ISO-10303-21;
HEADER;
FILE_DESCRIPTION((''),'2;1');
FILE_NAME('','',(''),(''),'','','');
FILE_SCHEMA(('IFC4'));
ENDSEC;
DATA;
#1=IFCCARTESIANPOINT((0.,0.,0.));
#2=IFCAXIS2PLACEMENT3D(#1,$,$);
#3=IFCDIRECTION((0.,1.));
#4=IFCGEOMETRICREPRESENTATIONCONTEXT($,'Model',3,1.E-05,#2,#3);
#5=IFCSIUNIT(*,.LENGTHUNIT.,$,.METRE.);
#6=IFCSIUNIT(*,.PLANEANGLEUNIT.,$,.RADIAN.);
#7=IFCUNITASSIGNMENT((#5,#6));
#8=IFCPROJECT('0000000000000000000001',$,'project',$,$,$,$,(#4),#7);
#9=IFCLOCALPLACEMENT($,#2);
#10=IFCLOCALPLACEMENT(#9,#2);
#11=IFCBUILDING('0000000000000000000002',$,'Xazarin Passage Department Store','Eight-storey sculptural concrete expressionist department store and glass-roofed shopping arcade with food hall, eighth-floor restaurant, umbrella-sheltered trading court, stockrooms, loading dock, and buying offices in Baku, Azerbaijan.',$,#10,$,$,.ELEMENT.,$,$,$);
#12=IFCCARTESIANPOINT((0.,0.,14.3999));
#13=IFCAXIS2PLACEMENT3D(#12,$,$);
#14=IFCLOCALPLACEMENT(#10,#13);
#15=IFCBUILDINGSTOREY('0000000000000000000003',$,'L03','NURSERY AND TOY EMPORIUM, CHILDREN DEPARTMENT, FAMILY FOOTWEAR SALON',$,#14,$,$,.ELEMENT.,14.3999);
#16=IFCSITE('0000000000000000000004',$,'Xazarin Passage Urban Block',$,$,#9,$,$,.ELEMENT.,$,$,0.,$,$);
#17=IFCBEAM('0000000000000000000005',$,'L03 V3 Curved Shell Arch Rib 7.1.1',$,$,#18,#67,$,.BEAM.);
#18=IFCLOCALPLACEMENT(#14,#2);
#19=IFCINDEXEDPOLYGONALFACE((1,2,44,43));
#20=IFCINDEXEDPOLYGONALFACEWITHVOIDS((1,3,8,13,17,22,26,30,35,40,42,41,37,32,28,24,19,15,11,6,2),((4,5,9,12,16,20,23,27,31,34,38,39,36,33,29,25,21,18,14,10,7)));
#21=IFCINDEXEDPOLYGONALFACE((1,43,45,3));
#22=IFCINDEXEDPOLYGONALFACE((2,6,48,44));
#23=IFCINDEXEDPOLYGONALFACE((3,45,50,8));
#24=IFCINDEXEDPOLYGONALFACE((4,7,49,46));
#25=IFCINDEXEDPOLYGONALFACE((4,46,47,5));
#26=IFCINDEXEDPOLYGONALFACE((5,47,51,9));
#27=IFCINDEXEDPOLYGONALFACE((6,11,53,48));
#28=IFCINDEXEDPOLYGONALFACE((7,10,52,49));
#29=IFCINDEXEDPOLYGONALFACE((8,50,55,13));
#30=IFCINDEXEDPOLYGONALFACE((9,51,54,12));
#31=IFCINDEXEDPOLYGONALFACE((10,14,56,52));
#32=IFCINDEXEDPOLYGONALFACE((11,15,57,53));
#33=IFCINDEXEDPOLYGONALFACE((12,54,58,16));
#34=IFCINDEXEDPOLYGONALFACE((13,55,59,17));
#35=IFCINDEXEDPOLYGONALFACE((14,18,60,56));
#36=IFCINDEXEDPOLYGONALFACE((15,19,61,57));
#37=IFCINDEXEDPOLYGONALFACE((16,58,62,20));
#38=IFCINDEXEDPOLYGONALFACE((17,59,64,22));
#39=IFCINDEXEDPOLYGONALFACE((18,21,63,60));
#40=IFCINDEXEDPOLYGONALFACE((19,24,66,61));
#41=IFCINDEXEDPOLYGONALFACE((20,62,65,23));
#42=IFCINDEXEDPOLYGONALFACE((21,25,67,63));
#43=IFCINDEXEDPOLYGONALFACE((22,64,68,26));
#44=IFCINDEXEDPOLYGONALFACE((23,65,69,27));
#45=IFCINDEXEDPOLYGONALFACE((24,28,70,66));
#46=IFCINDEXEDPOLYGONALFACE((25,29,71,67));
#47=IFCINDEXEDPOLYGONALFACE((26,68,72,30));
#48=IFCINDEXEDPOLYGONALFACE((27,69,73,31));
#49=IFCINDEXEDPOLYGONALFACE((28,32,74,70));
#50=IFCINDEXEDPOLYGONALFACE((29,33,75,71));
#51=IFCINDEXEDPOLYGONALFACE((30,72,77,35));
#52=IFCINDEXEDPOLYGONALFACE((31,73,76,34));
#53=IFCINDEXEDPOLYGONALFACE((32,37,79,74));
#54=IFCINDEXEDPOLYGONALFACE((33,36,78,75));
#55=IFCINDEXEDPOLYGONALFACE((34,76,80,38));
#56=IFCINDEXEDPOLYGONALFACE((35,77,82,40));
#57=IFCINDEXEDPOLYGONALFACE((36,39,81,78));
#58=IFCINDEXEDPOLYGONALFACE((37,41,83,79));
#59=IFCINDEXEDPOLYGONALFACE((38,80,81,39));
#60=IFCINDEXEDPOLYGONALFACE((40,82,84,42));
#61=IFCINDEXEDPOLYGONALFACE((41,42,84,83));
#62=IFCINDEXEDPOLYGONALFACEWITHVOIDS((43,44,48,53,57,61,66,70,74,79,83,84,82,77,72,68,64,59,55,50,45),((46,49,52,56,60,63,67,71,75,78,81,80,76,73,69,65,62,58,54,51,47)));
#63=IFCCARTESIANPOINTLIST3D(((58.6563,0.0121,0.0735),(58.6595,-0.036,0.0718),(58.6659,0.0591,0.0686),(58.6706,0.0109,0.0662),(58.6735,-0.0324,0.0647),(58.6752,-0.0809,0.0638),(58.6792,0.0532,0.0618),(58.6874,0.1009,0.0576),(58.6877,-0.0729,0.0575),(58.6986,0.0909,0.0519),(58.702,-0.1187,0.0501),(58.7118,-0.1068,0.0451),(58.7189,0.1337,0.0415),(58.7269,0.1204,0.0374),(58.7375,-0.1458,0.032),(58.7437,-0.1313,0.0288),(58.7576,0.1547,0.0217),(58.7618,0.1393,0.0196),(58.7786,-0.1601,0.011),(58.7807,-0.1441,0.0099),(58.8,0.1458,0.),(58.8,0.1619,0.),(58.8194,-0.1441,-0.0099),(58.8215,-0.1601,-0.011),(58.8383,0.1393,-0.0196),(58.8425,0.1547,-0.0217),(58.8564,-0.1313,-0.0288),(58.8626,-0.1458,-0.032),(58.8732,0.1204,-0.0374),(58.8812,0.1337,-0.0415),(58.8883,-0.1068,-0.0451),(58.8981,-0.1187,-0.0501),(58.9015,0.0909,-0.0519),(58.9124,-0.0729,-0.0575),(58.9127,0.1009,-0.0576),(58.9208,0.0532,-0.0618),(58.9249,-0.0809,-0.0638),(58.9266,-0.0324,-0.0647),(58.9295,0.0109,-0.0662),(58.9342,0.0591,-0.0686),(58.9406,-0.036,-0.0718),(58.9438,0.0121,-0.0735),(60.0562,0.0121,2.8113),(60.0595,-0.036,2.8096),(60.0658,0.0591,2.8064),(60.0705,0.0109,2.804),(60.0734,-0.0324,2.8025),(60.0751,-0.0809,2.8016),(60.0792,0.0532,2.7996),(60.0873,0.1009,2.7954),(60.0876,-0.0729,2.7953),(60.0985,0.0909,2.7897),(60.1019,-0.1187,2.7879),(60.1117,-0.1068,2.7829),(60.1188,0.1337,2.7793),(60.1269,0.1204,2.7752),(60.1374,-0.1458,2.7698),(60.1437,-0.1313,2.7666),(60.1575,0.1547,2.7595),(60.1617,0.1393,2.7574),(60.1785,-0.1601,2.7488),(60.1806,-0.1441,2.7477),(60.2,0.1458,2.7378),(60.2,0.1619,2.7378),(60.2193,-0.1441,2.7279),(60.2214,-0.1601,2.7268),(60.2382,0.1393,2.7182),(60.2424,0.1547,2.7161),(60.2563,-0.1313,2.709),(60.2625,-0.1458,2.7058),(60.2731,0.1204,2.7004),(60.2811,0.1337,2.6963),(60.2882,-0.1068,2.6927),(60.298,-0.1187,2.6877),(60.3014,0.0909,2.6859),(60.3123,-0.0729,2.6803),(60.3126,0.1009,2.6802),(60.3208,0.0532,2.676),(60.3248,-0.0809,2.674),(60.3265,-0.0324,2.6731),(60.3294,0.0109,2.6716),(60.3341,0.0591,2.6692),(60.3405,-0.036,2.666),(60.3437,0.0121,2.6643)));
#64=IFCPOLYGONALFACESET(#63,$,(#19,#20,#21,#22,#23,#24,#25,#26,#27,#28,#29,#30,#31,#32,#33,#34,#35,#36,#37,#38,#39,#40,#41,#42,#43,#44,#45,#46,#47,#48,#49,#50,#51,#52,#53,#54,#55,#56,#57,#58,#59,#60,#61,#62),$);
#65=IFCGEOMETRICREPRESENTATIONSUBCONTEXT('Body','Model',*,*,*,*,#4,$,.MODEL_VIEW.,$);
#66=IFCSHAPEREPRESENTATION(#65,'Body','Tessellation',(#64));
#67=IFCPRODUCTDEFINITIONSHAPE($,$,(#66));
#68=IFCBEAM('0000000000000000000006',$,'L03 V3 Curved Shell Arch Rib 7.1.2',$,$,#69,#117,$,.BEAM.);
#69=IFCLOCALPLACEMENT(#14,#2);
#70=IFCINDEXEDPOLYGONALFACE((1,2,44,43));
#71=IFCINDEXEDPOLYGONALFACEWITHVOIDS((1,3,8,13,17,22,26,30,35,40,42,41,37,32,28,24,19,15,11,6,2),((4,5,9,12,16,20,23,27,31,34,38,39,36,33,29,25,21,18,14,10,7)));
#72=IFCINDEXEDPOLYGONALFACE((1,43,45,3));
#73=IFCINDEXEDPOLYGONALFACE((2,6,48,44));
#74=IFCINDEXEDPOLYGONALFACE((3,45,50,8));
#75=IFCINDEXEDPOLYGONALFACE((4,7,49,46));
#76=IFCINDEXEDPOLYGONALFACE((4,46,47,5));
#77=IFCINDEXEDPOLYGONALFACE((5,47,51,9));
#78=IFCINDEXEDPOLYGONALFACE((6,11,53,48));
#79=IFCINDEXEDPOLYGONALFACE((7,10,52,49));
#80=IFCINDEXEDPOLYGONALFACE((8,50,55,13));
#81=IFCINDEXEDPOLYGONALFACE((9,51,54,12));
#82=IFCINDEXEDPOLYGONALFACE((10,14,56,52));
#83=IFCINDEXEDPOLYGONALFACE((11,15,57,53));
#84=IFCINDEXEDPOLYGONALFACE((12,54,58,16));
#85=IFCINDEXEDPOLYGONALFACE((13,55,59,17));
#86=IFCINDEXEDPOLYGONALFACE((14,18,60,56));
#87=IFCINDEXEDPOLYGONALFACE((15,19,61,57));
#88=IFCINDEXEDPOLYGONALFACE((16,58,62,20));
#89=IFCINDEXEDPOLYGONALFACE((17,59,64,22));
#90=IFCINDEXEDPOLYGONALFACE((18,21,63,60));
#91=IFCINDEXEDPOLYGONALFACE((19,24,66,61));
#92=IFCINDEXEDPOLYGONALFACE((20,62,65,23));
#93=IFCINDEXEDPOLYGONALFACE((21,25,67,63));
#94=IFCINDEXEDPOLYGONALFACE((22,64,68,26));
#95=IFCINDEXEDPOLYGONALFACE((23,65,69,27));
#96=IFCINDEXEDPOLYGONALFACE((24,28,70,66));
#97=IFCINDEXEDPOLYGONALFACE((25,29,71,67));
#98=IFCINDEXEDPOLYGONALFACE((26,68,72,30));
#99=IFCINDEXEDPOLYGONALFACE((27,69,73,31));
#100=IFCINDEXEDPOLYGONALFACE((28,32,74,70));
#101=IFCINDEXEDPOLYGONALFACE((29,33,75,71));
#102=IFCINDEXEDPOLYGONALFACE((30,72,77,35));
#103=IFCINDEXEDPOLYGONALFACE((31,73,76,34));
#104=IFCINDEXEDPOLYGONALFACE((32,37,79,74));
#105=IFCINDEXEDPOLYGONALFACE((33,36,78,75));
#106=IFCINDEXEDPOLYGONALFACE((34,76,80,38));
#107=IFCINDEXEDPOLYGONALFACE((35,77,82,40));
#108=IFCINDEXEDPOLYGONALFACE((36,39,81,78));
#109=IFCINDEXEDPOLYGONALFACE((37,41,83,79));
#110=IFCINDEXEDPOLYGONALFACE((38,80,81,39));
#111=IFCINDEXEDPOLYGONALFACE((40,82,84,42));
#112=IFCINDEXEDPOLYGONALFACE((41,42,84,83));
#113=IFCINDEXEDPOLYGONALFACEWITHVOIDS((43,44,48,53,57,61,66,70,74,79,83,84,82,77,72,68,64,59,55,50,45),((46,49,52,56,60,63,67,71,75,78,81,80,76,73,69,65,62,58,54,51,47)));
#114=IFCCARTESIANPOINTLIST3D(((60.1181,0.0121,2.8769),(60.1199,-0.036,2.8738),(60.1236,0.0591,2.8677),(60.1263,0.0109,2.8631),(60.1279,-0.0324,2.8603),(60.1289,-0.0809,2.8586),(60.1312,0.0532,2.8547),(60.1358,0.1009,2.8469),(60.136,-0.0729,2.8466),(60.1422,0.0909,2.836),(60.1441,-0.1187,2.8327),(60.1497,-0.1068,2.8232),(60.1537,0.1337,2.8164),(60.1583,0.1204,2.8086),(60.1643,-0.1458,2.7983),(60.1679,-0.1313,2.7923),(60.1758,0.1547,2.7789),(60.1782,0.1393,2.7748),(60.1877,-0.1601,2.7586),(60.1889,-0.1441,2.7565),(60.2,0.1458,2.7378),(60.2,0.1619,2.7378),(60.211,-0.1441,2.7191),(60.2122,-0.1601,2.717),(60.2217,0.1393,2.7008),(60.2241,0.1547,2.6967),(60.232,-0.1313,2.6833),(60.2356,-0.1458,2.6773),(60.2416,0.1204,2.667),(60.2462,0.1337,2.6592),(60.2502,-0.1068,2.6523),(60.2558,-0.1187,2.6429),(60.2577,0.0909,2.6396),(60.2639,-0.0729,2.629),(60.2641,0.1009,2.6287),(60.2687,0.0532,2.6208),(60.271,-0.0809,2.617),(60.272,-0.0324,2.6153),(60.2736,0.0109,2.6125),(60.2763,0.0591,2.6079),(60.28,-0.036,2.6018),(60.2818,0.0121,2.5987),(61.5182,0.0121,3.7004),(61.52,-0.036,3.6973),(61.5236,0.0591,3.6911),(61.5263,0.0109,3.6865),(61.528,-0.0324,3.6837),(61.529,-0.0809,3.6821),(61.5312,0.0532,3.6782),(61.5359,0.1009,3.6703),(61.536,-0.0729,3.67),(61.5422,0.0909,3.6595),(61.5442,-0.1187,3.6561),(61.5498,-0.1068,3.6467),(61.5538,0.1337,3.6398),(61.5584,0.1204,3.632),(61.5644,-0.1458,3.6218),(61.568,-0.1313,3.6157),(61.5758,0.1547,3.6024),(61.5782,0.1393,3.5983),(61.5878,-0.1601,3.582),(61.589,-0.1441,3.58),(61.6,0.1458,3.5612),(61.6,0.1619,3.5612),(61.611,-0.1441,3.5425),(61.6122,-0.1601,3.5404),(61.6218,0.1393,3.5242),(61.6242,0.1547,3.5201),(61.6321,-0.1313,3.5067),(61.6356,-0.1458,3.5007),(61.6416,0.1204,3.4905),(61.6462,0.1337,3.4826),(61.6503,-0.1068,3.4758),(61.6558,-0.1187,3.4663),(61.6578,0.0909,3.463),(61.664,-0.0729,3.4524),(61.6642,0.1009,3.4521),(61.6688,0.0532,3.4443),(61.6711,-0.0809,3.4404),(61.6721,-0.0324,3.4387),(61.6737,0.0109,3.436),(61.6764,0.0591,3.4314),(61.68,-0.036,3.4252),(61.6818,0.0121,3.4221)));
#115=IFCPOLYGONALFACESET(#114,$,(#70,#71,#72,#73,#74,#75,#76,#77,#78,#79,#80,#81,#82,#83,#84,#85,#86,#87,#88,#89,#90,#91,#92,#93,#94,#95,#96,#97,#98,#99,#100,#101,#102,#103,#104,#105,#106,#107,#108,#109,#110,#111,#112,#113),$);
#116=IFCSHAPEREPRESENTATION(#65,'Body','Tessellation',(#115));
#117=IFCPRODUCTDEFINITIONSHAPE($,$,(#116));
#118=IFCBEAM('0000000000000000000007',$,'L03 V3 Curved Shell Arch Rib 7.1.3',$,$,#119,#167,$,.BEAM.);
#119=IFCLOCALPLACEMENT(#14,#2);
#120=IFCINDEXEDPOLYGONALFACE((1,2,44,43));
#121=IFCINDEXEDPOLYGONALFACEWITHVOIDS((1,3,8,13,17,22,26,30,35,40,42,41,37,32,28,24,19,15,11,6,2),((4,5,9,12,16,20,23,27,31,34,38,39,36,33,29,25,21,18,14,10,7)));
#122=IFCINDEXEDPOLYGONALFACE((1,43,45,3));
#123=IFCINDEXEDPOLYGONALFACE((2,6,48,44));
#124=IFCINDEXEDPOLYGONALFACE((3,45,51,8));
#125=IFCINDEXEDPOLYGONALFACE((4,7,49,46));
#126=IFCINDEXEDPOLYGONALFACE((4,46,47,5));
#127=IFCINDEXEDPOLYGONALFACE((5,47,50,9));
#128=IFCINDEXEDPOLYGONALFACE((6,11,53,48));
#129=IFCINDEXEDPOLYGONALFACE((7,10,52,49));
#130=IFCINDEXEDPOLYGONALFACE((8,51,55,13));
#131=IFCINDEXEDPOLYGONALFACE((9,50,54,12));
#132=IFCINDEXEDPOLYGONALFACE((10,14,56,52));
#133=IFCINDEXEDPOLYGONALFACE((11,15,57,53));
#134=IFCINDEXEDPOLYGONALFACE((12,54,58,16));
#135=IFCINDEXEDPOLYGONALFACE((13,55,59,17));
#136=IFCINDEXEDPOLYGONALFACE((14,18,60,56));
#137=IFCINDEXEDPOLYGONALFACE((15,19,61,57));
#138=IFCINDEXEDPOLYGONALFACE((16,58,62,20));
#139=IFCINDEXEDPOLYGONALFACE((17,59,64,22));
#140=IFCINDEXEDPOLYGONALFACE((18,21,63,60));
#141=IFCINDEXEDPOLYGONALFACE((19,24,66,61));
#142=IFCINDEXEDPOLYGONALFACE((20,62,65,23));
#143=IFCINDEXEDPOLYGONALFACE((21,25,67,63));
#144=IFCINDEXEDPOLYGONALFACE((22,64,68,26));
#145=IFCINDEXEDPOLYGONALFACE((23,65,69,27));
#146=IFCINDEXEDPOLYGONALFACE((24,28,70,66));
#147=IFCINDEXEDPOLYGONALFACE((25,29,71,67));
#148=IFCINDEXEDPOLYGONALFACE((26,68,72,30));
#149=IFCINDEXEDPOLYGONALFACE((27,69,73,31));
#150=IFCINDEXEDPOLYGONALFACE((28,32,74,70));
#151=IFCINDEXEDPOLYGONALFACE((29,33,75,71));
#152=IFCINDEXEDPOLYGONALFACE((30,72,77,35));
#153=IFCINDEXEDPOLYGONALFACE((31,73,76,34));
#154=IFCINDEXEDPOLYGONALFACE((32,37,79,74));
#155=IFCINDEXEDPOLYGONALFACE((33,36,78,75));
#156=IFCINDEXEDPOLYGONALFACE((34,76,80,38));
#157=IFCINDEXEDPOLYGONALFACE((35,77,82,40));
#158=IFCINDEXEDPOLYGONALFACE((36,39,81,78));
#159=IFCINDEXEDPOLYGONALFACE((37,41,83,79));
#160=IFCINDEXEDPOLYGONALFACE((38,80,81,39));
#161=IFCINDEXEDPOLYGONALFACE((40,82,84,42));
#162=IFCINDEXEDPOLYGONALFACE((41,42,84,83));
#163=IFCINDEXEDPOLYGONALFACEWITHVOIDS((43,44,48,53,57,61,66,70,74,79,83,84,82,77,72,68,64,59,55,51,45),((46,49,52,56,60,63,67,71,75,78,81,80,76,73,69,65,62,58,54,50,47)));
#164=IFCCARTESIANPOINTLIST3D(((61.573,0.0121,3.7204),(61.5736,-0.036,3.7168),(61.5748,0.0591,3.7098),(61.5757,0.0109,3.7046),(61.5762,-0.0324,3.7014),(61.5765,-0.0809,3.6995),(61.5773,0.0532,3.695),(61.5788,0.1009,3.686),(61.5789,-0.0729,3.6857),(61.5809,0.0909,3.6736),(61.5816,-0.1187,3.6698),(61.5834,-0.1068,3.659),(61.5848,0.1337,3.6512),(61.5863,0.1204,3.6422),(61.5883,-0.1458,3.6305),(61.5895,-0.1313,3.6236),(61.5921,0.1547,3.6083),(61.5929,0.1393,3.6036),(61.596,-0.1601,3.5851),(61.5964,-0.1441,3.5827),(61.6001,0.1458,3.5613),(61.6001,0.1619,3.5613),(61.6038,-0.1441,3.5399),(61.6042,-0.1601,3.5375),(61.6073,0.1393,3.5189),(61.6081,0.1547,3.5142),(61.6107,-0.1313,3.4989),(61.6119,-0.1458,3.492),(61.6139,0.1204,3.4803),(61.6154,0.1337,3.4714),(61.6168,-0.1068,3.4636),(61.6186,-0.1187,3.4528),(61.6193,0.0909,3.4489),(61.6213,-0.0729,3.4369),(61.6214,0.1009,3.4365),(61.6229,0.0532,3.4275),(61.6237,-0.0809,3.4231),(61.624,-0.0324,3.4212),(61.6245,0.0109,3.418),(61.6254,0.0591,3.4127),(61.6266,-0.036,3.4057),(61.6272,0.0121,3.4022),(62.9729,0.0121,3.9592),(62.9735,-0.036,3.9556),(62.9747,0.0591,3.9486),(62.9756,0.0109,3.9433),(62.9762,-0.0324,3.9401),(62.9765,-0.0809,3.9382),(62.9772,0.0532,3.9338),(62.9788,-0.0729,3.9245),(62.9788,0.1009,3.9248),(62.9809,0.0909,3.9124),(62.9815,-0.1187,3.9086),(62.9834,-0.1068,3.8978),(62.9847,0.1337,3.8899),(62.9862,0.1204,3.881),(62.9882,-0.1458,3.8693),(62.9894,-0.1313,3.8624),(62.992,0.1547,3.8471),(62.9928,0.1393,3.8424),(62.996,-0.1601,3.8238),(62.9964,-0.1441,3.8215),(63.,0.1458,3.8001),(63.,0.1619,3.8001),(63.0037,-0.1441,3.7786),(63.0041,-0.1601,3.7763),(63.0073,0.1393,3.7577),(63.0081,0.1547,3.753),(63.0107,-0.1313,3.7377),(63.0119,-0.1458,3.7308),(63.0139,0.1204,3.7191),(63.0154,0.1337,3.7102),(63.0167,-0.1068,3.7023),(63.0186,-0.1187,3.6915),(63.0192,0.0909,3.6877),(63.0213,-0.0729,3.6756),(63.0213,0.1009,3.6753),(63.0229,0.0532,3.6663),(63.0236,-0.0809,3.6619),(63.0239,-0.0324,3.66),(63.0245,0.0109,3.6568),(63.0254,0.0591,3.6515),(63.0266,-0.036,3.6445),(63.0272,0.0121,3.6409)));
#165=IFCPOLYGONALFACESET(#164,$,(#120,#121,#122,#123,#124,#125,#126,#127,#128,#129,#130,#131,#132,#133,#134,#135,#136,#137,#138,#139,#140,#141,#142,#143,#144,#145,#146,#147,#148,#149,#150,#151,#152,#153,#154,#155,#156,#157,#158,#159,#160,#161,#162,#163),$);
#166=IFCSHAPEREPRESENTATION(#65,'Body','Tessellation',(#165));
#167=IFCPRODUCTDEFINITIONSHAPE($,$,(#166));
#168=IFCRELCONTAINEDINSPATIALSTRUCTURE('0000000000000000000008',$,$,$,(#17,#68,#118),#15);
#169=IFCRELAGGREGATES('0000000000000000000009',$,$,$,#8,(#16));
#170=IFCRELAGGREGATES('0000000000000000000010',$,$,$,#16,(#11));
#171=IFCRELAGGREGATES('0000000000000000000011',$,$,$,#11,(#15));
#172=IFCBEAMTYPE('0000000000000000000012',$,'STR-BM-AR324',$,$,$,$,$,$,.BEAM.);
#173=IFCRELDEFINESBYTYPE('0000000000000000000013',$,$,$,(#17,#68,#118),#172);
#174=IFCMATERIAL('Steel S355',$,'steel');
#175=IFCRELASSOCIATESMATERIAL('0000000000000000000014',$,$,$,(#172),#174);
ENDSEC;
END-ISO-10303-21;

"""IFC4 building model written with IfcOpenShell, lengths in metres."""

from ifc_helpers import new_model, si_unit, direction, frame, origin, origin_2d, place, context, subcontext, project, spatial, hollow_circle, extrude, material, material_profile, profile_set, type_object, element, save


model = new_model("IFC4")

# Units and contexts
model_context = context("Model", 3, precision=1e-05, world=origin(), true_north=direction((0.0, 1.0)))
body_context = subcontext(model_context, "Body", "Model", "MODEL_VIEW")
ifc_project = project(units=[si_unit("LENGTHUNIT", "METRE"), si_unit("PLANEANGLEUNIT", "RADIAN")], contexts=[model_context])

# Site, building, storey
site_placement = place(None, origin())
site = spatial("IfcSite", under=ifc_project, at=site_placement, Name="Xazarin Passage Urban Block", CompositionType="ELEMENT", RefElevation=0.0)
building_placement = place(site_placement, origin())
building = spatial("IfcBuilding", under=site, at=building_placement, Name="Xazarin Passage Department Store", Description="Eight-storey sculptural concrete expressionist department store and glass-roofed shopping arcade with food hall, eighth-floor restaurant, umbrella-sheltered trading court, stockrooms, loading dock, and buying offices in Baku, Azerbaijan.", CompositionType="ELEMENT")
storey_placement = place(building_placement, frame((0.0, 0.0, 14.3999)))
storey = spatial("IfcBuildingStorey", under=building, at=storey_placement, Name="L03", Description="NURSERY AND TOY EMPORIUM, CHILDREN DEPARTMENT, FAMILY FOOTWEAR SALON", CompositionType="ELEMENT", Elevation=14.3999)

# Beams
ifc_material_1 = material(Name="Steel S355", Category="steel")
ifc_material_profile_1 = material_profile(ifc_material_1, hollow_circle(Radius=0.1619, WallThickness=0.0161, at=origin_2d()), Name="CHS 323.9x16")
ifc_profile_set_1 = profile_set([ifc_material_profile_1], Name="Steel S355")
beam_type_1 = type_object("IfcBeamType", Name="STR-BM-AR324", PredefinedType="BEAM", material=ifc_profile_set_1)
for number, where, z_axis, x_axis, name in (
    (1, (58.8, 0.0, 0.0), (0.455262, 0.0, 0.890357), (0.0, 1.0, 0.0), "L03 V3 Curved Shell Arch Rib 7.1.1"),
):
    element("IfcBeam", number, at=place(storey_placement, frame(where, z_axis=z_axis, x_axis=x_axis)), inside=storey, type_object=beam_type_1, Name=name, PredefinedType="BEAM", context=body_context, shape_type="SweptSolid", body=[
        extrude(hollow_circle(Radius=0.1619, WallThickness=0.0161, at=origin_2d()), origin(), (0.0, 0.0, 1.0), 3.075),
    ])
beam_1_placement = place(storey_placement, frame((60.2, 0.0, 2.7378), z_axis=(0.861969, 0.0, 0.506961), x_axis=(0.0, 1.0, 0.0)))
element("IfcBeam", 2, at=beam_1_placement, inside=storey, type_object=beam_type_1, Name="L03 V3 Curved Shell Arch Rib 7.1.2", PredefinedType="BEAM", context=body_context, shape_type="SweptSolid", body=[
    extrude(hollow_circle(Radius=0.1619, WallThickness=0.0161, at=origin_2d()), origin(), (0.0, 0.0, 1.0), 1.6243),
])
for number, where, z_axis, x_axis, name in (
    (3, (61.6001, 0.0, 3.5613), (0.985764, 0.0, 0.168133), (0.0, 1.0, 0.0), "L03 V3 Curved Shell Arch Rib 7.1.3"),
):
    element("IfcBeam", number, at=place(storey_placement, frame(where, z_axis=z_axis, x_axis=x_axis)), inside=storey, type_object=beam_type_1, Name=name, PredefinedType="BEAM", context=body_context, shape_type="SweptSolid", body=[
        extrude(hollow_circle(Radius=0.1619, WallThickness=0.0161, at=origin_2d()), origin(), (0.0, 0.0, 1.0), 1.4202),
    ])

save(model, "model.ifc")
